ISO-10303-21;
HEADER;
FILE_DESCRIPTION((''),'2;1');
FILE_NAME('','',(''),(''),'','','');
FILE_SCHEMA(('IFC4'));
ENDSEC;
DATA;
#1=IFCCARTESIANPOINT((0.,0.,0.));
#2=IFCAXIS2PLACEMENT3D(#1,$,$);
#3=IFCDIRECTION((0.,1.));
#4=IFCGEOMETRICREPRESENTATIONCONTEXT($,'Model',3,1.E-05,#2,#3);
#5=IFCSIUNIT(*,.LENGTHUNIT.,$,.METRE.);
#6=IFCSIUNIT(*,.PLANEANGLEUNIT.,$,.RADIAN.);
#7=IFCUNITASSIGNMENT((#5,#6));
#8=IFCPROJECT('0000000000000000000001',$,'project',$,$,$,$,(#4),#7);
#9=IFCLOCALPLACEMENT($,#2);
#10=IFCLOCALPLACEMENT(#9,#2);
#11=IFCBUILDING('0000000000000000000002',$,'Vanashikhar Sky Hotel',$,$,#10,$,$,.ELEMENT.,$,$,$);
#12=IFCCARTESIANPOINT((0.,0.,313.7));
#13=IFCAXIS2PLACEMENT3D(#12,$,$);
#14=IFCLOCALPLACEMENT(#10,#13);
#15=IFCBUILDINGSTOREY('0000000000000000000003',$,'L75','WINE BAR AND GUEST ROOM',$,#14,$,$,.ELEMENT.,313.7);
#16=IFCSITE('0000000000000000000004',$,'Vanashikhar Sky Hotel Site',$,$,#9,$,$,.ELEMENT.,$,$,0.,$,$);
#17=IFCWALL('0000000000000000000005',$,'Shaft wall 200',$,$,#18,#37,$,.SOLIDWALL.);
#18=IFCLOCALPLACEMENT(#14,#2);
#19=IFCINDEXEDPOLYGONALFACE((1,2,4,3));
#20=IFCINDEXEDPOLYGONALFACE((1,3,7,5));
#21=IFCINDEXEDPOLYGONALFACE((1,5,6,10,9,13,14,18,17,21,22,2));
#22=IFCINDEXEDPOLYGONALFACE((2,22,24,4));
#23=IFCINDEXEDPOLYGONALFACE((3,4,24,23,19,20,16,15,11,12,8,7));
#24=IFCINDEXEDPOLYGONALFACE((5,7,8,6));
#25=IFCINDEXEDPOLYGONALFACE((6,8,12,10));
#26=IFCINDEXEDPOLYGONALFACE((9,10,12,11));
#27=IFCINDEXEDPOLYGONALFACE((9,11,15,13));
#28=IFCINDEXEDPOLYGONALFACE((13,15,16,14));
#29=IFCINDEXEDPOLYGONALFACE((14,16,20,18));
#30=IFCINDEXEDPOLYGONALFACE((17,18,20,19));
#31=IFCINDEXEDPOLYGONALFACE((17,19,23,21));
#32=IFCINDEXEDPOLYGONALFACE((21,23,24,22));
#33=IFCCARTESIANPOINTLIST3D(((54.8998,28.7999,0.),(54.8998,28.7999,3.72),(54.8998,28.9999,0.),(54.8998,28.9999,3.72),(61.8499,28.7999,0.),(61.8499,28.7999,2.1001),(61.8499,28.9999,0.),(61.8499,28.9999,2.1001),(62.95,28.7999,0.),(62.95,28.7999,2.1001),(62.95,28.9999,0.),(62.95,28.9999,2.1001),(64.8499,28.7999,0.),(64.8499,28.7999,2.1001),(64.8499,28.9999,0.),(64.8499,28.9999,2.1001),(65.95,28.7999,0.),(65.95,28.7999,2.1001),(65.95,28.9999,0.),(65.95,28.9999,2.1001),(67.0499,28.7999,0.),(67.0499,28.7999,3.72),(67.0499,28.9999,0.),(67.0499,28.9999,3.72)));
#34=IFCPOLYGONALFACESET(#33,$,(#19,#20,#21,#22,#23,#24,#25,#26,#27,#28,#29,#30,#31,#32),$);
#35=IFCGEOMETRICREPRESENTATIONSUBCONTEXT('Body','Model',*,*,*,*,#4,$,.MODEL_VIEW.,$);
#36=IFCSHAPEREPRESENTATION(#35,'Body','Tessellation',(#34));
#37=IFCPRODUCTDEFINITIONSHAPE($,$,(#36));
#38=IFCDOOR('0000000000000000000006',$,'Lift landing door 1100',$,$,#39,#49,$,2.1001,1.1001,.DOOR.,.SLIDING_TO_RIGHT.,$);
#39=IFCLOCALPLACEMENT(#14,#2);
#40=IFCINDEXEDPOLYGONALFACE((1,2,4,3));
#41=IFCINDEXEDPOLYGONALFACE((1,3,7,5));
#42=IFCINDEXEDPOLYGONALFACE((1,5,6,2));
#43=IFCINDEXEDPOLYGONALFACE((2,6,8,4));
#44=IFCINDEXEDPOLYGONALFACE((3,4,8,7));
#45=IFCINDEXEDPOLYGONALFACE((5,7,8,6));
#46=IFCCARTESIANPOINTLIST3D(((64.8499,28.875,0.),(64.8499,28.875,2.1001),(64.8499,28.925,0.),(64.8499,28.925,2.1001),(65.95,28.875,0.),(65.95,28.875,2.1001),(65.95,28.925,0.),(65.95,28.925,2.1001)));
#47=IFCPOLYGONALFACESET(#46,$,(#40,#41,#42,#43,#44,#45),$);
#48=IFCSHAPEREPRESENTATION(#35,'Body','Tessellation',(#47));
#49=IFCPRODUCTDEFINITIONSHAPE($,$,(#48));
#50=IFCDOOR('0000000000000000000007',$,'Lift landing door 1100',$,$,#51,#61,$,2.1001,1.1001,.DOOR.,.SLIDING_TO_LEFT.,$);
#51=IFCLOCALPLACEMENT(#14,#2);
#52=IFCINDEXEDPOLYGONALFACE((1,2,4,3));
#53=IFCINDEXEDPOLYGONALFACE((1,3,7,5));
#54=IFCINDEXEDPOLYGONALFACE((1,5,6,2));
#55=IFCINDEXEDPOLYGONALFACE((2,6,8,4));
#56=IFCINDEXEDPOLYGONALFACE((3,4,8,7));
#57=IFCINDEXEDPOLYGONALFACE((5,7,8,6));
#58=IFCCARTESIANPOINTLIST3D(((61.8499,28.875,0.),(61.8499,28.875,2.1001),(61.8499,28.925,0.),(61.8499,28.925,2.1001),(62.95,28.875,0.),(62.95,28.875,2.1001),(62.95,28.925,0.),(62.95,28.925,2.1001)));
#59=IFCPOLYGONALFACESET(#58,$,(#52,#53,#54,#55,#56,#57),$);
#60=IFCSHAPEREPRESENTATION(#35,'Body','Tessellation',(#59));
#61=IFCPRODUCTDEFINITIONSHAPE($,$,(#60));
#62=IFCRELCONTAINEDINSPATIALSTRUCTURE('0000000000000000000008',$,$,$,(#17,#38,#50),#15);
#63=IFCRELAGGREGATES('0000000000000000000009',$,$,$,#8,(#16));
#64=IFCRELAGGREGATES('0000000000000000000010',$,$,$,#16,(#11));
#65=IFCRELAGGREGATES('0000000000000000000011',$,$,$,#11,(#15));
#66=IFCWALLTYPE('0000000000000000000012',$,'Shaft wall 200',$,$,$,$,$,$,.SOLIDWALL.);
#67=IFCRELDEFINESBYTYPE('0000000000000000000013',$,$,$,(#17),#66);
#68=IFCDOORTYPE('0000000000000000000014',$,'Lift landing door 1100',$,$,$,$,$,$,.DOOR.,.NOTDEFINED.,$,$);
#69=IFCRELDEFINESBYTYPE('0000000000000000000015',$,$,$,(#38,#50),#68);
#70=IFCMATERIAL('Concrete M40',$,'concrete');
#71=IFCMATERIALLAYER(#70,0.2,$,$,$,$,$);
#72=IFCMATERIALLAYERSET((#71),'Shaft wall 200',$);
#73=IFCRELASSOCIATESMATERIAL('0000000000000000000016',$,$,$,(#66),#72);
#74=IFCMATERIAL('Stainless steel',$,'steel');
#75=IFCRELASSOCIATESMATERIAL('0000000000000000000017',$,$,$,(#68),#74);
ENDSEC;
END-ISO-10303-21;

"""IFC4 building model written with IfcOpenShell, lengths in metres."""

from ifc_helpers import new_model, si_unit, direction, frame, frame_2d, origin, place, context, subcontext, project, spatial, rectangle, extrude, source, transform, mapped, material, layer, layer_set, type_object, element, fill, save


model = new_model("IFC4")

# Units and contexts
model_context = context("Model", 3, precision=1e-05, world=origin(), true_north=direction((0.0, 1.0)))
body_context = subcontext(model_context, "Body", "Model", "MODEL_VIEW")
ifc_project = project(units=[si_unit("LENGTHUNIT", "METRE"), si_unit("PLANEANGLEUNIT", "RADIAN")], contexts=[model_context])

# Site, building, storey
site_placement = place(None, origin())
site = spatial("IfcSite", under=ifc_project, at=site_placement, Name="Vanashikhar Sky Hotel Site", CompositionType="ELEMENT", RefElevation=0.0)
building_placement = place(site_placement, origin())
building = spatial("IfcBuilding", under=site, at=building_placement, Name="Vanashikhar Sky Hotel", CompositionType="ELEMENT")
storey_placement = place(building_placement, frame((0.0, 0.0, 313.7)))
storey = spatial("IfcBuildingStorey", under=building, at=storey_placement, Name="L75", Description="WINE BAR AND GUEST ROOM", CompositionType="ELEMENT", Elevation=313.7)

# Shared definitions
ifc_material_1 = material(Name="Concrete M40", Category="concrete")
ifc_layer_1 = layer(ifc_material_1, 0.2)
ifc_layer_set_1 = layer_set([ifc_layer_1], Name="Shaft wall 200")
wall_type_1 = type_object("IfcWallType", Name="Shaft wall 200", PredefinedType="SOLIDWALL", material=ifc_layer_set_1)
shared_shape_1 = source(origin(), body_context, "Body", "SweptSolid", [
    extrude(rectangle(XDim=1.1001, YDim=2.1001, at=frame_2d((0.55, 1.05))), frame((0.0, 0.1099, 0.0), z_axis=(0.0, -1.0, 0.0), x_axis=(1.0, 0.0, 0.0)), (0.0, 0.0, 1.0), 0.22),
])
ifc_material_2 = material(Name="Stainless steel", Category="steel")
door_type_1 = type_object("IfcDoorType", Name="Lift landing door 1100", OperationType="NOTDEFINED", PredefinedType="DOOR", material=ifc_material_2)
shared_shape_2 = source(origin(), body_context, "Body", "SweptSolid", [
    extrude(rectangle(XDim=1.1001, YDim=2.1001, at=frame_2d((0.55, 1.05))), frame((0.0, 0.0249, 0.0), z_axis=(0.0, -1.0, 0.0), x_axis=(1.0, 0.0, 0.0)), (0.0, 0.0, 1.0), 0.05),
])

# Wall, openings, doors
shared_shape_3 = source(origin(), body_context, "Body", "SweptSolid", [
    extrude(rectangle(XDim=12.1501, YDim=0.2, at=frame_2d((6.0752, 0.0))), origin(), (0.0, 0.0, 1.0), 3.72),
])
wall_1_placement = place(storey_placement, frame((67.05, 28.8999, 0.0), z_axis=(0.0, 0.0, 1.0), x_axis=(-1.0, 0.0, 0.0)))
wall_1 = element("IfcWall", 1, at=wall_1_placement, inside=storey, type_object=wall_type_1, Name="Shaft wall 200", PredefinedType="SOLIDWALL", context=body_context, shape_type="MappedRepresentation", body=[
    mapped(shared_shape_3, transform((0.0, 0.0, 0.0), scale=1.0)),
])
opening_1_placement = place(wall_1_placement, frame((1.1001, 0.0, 0.0)))
opening_1 = element("IfcOpeningElement", 2, at=opening_1_placement, cuts=wall_1, PredefinedType="OPENING", context=body_context, shape_type="MappedRepresentation", body=[
    mapped(shared_shape_1, transform((0.0, 0.0, 0.0), scale=1.0)),
])
opening_2_placement = place(wall_1_placement, frame((4.1001, 0.0, 0.0)))
opening_2 = element("IfcOpeningElement", 3, at=opening_2_placement, cuts=wall_1, PredefinedType="OPENING", context=body_context, shape_type="MappedRepresentation", body=[
    mapped(shared_shape_1, transform((0.0, 0.0, 0.0), scale=1.0)),
])
door_1_placement = place(opening_1_placement, origin())
door_1 = element("IfcDoor", 4, at=door_1_placement, inside=storey, type_object=door_type_1, Name="Lift landing door 1100", OperationType="SLIDING_TO_RIGHT", OverallHeight=2.1001, OverallWidth=1.1001, PredefinedType="DOOR", context=body_context, shape_type="MappedRepresentation", body=[
    mapped(shared_shape_2, transform((0.0, 0.0, 0.0), scale=1.0)),
])
fill(opening_1, door_1)
door_2_placement = place(opening_2_placement, origin())
door_2 = element("IfcDoor", 5, at=door_2_placement, inside=storey, type_object=door_type_1, Name="Lift landing door 1100", OperationType="SLIDING_TO_LEFT", OverallHeight=2.1001, OverallWidth=1.1001, PredefinedType="DOOR", context=body_context, shape_type="MappedRepresentation", body=[
    mapped(shared_shape_2, transform((0.0, 0.0, 0.0), scale=1.0)),
])
fill(opening_2, door_2)

save(model, "model.ifc")
